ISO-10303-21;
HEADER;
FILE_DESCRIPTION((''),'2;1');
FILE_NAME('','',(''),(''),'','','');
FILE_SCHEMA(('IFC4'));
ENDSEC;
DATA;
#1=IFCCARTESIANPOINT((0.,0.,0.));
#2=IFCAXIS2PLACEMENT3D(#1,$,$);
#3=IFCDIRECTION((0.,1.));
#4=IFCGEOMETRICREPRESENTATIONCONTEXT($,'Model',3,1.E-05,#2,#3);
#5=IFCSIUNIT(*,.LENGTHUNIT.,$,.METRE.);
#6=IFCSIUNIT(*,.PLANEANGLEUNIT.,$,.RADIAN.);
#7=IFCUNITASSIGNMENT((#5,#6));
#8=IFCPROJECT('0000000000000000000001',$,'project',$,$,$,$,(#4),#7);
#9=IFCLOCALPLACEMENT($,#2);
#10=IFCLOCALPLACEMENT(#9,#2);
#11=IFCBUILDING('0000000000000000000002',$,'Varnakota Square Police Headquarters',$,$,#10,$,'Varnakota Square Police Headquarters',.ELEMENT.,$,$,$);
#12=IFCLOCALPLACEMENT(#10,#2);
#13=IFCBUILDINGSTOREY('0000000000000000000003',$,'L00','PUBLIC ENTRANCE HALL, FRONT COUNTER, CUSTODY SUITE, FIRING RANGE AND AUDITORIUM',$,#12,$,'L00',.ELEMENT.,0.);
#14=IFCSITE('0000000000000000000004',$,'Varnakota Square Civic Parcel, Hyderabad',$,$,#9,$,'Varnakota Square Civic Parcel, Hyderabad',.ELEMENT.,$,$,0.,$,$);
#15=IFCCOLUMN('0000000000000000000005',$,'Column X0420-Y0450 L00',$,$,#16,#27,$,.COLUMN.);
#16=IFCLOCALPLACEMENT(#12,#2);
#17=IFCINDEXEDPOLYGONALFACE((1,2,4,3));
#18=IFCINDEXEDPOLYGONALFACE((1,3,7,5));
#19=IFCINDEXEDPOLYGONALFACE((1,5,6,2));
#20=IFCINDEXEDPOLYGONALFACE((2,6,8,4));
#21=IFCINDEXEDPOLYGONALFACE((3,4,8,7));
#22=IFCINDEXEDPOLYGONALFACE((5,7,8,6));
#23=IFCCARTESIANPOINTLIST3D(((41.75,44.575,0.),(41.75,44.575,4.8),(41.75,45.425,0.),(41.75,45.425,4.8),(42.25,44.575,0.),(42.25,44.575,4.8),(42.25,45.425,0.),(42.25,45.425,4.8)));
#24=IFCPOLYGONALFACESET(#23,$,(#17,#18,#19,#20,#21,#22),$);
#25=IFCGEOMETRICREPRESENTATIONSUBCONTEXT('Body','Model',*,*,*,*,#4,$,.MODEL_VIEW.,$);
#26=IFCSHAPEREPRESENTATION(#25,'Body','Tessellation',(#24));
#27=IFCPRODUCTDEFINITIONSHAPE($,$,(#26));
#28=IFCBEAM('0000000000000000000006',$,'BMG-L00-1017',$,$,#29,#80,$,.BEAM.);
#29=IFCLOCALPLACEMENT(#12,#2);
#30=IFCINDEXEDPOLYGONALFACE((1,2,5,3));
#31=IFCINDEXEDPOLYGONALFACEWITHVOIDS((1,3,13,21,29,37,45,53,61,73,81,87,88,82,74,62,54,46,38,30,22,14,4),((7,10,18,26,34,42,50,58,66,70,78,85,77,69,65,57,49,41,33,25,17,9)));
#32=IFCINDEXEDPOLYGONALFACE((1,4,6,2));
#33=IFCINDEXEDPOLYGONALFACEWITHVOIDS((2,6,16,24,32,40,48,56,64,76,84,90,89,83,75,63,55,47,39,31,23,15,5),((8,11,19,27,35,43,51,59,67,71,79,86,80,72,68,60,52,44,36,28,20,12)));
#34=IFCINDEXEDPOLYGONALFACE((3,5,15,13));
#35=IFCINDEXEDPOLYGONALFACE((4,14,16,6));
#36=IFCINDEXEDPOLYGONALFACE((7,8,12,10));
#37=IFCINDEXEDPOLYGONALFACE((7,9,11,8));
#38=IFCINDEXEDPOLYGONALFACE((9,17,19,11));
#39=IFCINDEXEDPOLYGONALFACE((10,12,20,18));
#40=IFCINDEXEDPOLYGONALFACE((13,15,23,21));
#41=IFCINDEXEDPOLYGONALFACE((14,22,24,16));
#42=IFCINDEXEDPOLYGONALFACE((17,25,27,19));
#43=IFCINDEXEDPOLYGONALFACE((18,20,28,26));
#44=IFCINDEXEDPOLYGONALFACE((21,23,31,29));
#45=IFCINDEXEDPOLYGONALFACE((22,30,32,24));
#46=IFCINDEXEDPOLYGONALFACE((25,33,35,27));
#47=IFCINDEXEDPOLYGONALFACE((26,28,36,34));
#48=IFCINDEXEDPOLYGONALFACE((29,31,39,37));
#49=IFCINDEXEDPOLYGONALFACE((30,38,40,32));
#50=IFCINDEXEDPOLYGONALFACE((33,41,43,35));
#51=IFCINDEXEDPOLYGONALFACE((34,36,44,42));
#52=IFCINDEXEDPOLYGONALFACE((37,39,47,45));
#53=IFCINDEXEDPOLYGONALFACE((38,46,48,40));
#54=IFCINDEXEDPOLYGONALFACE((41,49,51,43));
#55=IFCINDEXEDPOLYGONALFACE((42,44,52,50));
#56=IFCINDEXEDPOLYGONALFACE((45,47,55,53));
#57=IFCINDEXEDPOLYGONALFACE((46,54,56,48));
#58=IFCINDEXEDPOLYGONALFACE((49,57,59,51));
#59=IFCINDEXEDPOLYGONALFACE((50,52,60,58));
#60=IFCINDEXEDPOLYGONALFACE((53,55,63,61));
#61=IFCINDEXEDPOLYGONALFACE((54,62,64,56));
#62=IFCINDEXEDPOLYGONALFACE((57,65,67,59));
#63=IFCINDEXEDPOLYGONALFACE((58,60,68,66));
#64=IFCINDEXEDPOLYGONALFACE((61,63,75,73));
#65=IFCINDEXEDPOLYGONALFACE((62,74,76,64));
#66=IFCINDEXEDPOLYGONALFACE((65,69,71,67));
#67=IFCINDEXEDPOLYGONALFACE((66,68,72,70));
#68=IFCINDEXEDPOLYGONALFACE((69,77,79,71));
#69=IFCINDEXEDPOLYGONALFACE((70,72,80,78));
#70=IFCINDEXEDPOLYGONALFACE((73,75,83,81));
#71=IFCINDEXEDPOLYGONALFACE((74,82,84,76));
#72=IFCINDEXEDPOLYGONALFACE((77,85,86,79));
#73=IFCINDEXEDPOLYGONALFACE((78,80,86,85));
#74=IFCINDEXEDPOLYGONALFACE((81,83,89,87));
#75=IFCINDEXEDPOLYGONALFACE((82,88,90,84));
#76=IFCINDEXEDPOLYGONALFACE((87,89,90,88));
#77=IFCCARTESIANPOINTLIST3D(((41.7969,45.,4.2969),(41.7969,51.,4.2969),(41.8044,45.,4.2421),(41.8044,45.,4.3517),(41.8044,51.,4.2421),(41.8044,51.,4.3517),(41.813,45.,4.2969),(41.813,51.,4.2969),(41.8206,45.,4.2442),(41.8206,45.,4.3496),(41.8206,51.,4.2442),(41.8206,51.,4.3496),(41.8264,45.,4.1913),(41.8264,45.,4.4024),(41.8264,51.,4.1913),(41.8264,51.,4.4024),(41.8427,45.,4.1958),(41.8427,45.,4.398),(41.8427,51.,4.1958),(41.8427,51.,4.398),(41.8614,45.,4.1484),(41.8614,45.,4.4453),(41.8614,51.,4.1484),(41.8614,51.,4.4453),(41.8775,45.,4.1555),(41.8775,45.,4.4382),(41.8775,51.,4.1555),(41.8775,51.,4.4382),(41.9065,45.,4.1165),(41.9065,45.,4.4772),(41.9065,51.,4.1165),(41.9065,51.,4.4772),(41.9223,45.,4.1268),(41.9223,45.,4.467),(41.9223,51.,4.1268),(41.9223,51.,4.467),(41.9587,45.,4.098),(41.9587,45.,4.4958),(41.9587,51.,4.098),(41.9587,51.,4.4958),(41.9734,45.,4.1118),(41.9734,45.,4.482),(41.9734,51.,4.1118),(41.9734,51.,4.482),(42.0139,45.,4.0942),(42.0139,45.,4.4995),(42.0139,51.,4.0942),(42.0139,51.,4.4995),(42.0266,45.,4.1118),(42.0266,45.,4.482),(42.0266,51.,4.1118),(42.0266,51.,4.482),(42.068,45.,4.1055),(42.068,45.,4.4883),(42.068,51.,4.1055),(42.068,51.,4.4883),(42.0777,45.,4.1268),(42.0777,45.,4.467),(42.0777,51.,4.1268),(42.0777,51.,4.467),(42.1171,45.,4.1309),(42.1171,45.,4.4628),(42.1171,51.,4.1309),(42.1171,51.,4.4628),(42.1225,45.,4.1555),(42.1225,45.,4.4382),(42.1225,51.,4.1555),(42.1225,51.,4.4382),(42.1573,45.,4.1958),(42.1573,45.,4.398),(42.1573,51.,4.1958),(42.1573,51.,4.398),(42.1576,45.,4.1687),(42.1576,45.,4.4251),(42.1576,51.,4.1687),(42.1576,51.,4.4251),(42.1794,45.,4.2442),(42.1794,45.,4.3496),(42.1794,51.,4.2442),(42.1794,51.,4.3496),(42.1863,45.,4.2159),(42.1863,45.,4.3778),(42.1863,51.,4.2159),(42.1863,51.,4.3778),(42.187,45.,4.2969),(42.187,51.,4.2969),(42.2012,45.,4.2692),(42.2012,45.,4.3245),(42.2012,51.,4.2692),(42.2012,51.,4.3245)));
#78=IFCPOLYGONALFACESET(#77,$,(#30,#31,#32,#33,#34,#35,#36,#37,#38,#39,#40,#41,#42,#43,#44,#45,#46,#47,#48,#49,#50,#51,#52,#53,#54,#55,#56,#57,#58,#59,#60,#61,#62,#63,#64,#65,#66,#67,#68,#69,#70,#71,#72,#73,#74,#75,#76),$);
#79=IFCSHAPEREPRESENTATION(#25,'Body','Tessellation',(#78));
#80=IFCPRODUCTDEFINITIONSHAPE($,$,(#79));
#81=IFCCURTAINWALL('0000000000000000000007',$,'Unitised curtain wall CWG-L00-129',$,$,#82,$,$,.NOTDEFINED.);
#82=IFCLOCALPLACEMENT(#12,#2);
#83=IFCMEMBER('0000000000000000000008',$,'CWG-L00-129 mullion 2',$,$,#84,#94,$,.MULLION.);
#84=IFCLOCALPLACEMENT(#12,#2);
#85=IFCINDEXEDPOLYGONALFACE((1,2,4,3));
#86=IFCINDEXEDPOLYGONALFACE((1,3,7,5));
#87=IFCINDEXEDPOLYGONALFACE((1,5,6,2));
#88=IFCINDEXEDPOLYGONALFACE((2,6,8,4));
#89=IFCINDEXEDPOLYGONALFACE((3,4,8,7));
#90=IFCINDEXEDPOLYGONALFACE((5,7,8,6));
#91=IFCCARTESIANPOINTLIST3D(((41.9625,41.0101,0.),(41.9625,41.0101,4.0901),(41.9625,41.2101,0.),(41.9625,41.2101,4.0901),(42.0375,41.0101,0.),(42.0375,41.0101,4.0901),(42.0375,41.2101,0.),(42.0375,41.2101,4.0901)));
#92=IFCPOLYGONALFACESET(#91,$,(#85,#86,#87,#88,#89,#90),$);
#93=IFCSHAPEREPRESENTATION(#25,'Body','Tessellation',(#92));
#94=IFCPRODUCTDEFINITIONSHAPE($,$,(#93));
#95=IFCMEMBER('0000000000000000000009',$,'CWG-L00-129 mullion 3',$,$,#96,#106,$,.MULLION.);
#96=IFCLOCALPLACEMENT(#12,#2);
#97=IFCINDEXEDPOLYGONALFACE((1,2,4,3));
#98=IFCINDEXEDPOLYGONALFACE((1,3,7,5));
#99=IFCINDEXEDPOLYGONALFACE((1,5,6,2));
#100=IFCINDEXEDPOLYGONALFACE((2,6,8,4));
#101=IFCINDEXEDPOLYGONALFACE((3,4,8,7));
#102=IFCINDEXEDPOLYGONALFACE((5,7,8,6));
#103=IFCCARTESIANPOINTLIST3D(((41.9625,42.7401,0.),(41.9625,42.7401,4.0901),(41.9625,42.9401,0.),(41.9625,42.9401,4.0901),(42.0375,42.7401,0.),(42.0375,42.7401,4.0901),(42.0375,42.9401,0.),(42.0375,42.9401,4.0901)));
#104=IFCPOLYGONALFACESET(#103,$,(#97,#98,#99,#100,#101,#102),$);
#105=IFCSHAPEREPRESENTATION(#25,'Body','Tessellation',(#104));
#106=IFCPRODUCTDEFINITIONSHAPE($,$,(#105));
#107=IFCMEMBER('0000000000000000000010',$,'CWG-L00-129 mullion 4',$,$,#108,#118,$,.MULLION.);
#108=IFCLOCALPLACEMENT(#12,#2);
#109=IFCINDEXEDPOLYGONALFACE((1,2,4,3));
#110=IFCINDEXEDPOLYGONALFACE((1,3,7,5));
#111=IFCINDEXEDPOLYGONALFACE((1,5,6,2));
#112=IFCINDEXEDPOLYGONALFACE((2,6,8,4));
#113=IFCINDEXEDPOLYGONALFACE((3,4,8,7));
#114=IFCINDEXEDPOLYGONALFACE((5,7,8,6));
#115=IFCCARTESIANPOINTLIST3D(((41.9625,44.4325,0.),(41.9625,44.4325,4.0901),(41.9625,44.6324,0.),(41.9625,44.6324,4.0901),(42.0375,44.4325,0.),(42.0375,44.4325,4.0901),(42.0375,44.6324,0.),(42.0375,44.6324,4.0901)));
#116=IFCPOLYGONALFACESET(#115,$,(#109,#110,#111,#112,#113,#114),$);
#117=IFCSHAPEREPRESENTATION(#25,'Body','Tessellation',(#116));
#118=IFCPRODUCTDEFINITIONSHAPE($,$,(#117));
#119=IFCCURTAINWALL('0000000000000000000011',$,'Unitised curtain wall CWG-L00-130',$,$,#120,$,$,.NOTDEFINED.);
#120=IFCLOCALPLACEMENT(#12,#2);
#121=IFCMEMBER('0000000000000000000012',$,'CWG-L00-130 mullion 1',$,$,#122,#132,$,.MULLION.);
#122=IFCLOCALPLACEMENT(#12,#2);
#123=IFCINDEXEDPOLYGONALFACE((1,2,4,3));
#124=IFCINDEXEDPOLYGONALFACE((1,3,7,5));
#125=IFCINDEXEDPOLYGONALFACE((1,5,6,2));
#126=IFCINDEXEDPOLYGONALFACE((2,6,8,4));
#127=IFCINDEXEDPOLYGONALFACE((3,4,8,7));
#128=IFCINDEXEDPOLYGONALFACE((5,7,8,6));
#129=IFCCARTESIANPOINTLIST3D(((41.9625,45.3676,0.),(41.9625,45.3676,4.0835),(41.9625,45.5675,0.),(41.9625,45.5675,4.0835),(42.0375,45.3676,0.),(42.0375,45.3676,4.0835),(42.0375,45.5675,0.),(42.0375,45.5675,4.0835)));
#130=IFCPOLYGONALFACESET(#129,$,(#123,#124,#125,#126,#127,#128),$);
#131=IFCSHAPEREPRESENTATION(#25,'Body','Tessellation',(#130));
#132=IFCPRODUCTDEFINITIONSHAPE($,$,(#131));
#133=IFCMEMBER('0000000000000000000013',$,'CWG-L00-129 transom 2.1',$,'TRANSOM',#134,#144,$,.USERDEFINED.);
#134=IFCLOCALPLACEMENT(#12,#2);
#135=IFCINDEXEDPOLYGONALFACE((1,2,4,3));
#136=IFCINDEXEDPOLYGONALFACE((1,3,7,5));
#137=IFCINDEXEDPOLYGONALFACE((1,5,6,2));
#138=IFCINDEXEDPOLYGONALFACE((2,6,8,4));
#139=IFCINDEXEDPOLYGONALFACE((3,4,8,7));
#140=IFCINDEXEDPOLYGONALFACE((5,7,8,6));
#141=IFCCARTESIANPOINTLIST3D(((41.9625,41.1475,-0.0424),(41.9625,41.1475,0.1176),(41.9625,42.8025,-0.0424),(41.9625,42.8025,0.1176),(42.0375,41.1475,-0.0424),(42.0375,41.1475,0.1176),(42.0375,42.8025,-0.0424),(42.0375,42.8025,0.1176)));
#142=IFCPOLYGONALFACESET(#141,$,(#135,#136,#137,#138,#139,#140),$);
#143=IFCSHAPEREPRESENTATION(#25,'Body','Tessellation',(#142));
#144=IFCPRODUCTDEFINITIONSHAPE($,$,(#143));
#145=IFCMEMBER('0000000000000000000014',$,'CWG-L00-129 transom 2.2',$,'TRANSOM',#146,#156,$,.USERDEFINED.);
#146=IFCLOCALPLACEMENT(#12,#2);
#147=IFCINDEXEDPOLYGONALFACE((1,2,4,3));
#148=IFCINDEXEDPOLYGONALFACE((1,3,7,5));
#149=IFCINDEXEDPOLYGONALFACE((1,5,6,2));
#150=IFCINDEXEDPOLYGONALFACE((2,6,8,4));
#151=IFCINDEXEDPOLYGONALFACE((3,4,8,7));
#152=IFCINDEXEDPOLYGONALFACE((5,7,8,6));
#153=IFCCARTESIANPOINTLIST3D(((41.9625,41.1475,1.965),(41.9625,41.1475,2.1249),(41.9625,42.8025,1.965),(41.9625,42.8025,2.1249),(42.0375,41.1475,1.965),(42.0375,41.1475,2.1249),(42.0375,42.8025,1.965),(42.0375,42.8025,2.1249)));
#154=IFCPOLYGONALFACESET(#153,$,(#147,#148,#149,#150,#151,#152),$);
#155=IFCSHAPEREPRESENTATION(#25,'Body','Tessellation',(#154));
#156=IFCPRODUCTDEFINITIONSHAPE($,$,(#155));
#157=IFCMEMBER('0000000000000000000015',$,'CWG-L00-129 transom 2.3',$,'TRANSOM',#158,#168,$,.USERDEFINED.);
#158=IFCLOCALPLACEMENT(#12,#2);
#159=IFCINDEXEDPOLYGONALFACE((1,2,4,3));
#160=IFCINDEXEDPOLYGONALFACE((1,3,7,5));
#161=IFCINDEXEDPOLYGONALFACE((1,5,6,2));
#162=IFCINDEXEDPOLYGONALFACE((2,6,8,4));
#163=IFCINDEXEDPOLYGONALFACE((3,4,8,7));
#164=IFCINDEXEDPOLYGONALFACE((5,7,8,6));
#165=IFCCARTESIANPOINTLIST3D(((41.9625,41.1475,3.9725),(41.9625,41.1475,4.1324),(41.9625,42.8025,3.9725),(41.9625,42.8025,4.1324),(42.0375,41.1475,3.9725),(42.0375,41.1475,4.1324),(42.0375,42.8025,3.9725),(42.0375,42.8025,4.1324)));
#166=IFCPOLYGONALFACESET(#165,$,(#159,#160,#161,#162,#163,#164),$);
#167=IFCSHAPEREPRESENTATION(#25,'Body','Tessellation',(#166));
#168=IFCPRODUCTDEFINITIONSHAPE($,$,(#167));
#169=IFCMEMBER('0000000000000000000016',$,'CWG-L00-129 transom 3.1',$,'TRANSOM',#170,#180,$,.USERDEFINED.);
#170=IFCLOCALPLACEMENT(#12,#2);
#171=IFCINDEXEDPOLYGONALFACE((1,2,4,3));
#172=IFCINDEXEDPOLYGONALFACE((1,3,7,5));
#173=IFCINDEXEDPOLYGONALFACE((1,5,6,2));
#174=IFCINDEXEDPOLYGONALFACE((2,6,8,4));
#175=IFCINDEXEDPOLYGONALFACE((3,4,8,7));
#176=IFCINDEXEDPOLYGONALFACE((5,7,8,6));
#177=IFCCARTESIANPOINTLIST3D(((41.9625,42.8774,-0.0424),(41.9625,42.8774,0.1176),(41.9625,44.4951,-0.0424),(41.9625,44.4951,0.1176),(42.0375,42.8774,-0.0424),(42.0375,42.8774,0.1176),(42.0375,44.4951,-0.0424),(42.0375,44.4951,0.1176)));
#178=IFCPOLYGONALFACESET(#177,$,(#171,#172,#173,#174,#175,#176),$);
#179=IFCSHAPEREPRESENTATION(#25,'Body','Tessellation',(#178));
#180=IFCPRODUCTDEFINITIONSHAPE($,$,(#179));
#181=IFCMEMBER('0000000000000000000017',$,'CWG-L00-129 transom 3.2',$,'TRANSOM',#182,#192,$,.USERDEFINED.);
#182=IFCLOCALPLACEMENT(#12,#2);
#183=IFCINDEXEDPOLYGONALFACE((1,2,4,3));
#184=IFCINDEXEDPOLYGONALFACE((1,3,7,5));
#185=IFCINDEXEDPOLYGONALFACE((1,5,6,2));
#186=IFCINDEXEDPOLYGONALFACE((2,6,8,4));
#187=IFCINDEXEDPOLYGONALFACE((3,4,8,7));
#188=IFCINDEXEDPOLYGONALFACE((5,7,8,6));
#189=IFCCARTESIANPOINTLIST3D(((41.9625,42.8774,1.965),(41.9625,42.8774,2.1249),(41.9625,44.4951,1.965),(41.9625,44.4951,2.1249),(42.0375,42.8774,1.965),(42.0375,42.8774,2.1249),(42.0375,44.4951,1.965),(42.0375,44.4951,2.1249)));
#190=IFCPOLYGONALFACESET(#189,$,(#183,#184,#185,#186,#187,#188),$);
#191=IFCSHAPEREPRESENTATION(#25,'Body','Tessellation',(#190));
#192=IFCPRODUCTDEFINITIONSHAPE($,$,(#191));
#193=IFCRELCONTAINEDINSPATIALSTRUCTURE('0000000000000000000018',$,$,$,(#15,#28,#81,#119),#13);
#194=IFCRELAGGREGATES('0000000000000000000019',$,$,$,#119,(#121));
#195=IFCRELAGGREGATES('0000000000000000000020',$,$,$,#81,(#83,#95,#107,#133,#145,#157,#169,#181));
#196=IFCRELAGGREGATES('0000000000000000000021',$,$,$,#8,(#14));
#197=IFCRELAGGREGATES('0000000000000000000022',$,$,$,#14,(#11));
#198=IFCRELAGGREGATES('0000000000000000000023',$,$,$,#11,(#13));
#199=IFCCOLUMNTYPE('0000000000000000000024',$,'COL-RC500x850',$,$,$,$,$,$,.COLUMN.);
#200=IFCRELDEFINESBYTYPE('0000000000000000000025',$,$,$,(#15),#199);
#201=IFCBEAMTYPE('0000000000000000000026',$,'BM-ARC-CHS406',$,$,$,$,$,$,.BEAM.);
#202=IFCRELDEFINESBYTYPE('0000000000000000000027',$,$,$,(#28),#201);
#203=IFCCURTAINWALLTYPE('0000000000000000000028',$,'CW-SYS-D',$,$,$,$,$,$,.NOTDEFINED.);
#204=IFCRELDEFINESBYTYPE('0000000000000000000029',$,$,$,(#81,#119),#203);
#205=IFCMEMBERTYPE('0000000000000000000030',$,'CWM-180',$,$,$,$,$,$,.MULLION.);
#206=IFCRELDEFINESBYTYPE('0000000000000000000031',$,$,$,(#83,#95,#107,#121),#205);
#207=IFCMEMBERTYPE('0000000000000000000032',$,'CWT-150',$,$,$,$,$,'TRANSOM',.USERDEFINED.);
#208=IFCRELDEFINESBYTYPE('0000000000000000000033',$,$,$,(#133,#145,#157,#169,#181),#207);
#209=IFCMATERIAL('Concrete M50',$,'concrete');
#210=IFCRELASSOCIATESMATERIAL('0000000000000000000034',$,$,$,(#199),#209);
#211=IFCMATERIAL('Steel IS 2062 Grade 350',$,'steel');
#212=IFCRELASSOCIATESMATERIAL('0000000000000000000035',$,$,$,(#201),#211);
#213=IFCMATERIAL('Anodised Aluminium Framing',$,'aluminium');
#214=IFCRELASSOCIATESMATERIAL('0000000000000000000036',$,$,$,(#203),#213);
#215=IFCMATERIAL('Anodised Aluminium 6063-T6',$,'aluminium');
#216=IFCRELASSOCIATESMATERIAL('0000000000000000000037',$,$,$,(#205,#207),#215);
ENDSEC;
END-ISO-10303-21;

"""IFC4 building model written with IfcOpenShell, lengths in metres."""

from ifc_helpers import new_model, si_unit, direction, frame, origin, origin_2d, place, context, subcontext, project, spatial, rectangle, hollow_circle, extrude, material, material_profile, profile_set, type_object, element, aggregate, save


model = new_model("IFC4")

# Units and contexts
model_context = context("Model", 3, precision=1e-05, world=origin(), true_north=direction((0.0, 1.0)))
body_context = subcontext(model_context, "Body", "Model", "MODEL_VIEW")
ifc_project = project(units=[si_unit("LENGTHUNIT", "METRE"), si_unit("PLANEANGLEUNIT", "RADIAN")], contexts=[model_context])

# Site, building, storey
site_placement = place(None, origin())
site = spatial("IfcSite", under=ifc_project, at=site_placement, Name="Varnakota Square Civic Parcel, Hyderabad", LongName="Varnakota Square Civic Parcel, Hyderabad", CompositionType="ELEMENT", RefElevation=0.0)
building_placement = place(site_placement, origin())
building = spatial("IfcBuilding", under=site, at=building_placement, Name="Varnakota Square Police Headquarters", LongName="Varnakota Square Police Headquarters", CompositionType="ELEMENT")
storey_placement = place(building_placement, origin())
storey = spatial("IfcBuildingStorey", under=building, at=storey_placement, Name="L00", Description="PUBLIC ENTRANCE HALL, FRONT COUNTER, CUSTODY SUITE, FIRING RANGE AND AUDITORIUM", LongName="L00", CompositionType="ELEMENT", Elevation=0.0)

# Column
ifc_material_1 = material(Name="Concrete M50", Category="concrete")
ifc_material_profile_1 = material_profile(ifc_material_1, rectangle(XDim=0.5, YDim=0.8501, at=origin_2d()), Name="RC 500x850")
ifc_profile_set_1 = profile_set([ifc_material_profile_1], Name="Concrete M50")
column_type = type_object("IfcColumnType", Name="COL-RC500x850", PredefinedType="COLUMN", material=ifc_profile_set_1)
column_placement = place(storey_placement, frame((42.0, 45.0, 0.0), z_axis=(0.0, 0.0, 1.0), x_axis=(1.0, 0.0, 0.0)))
element("IfcColumn", 1, at=column_placement, inside=storey, type_object=column_type, Name="Column X0420-Y0450 L00", PredefinedType="COLUMN", context=body_context, shape_type="SweptSolid", body=[
    extrude(rectangle(XDim=0.5, YDim=0.8501, at=origin_2d()), origin(), (0.0, 0.0, 1.0), 4.8),
])

# Beam
ifc_material_2 = material(Name="Steel IS 2062 Grade 350", Category="steel")
ifc_material_profile_2 = material_profile(ifc_material_2, hollow_circle(Radius=0.2031, WallThickness=0.0161, at=origin_2d()), Name="CHS 406.4x16.0")
ifc_profile_set_2 = profile_set([ifc_material_profile_2], Name="Steel IS 2062 Grade 350")
beam_type = type_object("IfcBeamType", Name="BM-ARC-CHS406", PredefinedType="BEAM", material=ifc_profile_set_2)
beam_placement = place(storey_placement, frame((42.0, 45.0, 4.2969), z_axis=(0.0, 1.0, 0.0), x_axis=(-1.0, 0.0, 0.0)))
element("IfcBeam", 2, at=beam_placement, inside=storey, type_object=beam_type, Name="BMG-L00-1017", PredefinedType="BEAM", context=body_context, shape_type="SweptSolid", body=[
    extrude(hollow_circle(Radius=0.2031, WallThickness=0.0161, at=origin_2d()), origin(), (0.0, 0.0, 1.0), 6.0),
])

# Curtain wall, members
ifc_material_3 = material(Name="Anodised Aluminium Framing", Category="aluminium")
curtain_wall_type = type_object("IfcCurtainWallType", Name="CW-SYS-D", PredefinedType="NOTDEFINED", material=ifc_material_3)
curtain_wall_1_placement = place(storey_placement, origin())
curtain_wall_1 = element("IfcCurtainWall", 3, at=curtain_wall_1_placement, inside=storey, type_object=curtain_wall_type, Name="Unitised curtain wall CWG-L00-129", PredefinedType="NOTDEFINED")
ifc_material_4 = material(Name="Anodised Aluminium 6063-T6", Category="aluminium")
ifc_material_profile_3 = material_profile(ifc_material_4, rectangle(XDim=0.075, YDim=0.2, at=origin_2d()), Name="ALU MULLION 75x200")
ifc_profile_set_3 = profile_set([ifc_material_profile_3], Name="Anodised Aluminium 6063-T6")
member_type_1 = type_object("IfcMemberType", Name="CWM-180", PredefinedType="MULLION", material=ifc_profile_set_3)
member_1_placement = place(storey_placement, frame((42.0, 41.1101, 0.0), z_axis=(0.0, 0.0, 1.0), x_axis=(-1.0, 0.0, 0.0)))
member_1 = element("IfcMember", 4, at=member_1_placement, type_object=member_type_1, Name="CWG-L00-129 mullion 2", PredefinedType="MULLION", context=body_context, shape_type="SweptSolid", body=[
    extrude(rectangle(XDim=0.075, YDim=0.2, at=origin_2d()), origin(), (0.0, 0.0, 1.0), 4.0901),
])
member_2_placement = place(storey_placement, frame((42.0, 42.8401, 0.0), z_axis=(0.0, 0.0, 1.0), x_axis=(-1.0, 0.0, 0.0)))
member_2 = element("IfcMember", 5, at=member_2_placement, type_object=member_type_1, Name="CWG-L00-129 mullion 3", PredefinedType="MULLION", context=body_context, shape_type="SweptSolid", body=[
    extrude(rectangle(XDim=0.075, YDim=0.2, at=origin_2d()), origin(), (0.0, 0.0, 1.0), 4.0901),
])
member_3_placement = place(storey_placement, frame((42.0, 44.5325, 0.0), z_axis=(0.0, 0.0, 1.0), x_axis=(-1.0, 0.0, 0.0)))
member_3 = element("IfcMember", 6, at=member_3_placement, type_object=member_type_1, Name="CWG-L00-129 mullion 4", PredefinedType="MULLION", context=body_context, shape_type="SweptSolid", body=[
    extrude(rectangle(XDim=0.075, YDim=0.2, at=origin_2d()), origin(), (0.0, 0.0, 1.0), 4.0901),
])

# Curtain wall, member
curtain_wall_2_placement = place(storey_placement, origin())
curtain_wall_2 = element("IfcCurtainWall", 7, at=curtain_wall_2_placement, inside=storey, type_object=curtain_wall_type, Name="Unitised curtain wall CWG-L00-130", PredefinedType="NOTDEFINED")
member_4_placement = place(storey_placement, frame((42.0, 45.4675, 0.0), z_axis=(0.0, 0.0, 1.0), x_axis=(-1.0, 0.0, 0.0)))
member_4 = element("IfcMember", 8, at=member_4_placement, type_object=member_type_1, Name="CWG-L00-130 mullion 1", PredefinedType="MULLION", context=body_context, shape_type="SweptSolid", body=[
    extrude(rectangle(XDim=0.075, YDim=0.2, at=origin_2d()), origin(), (0.0, 0.0, 1.0), 4.0835),
])

# Members
ifc_material_profile_4 = material_profile(ifc_material_4, rectangle(XDim=0.075, YDim=0.1599, at=origin_2d()), Name="ALU TRANSOM 75x160")
ifc_profile_set_4 = profile_set([ifc_material_profile_4], Name="Anodised Aluminium 6063-T6")
member_type_2 = type_object("IfcMemberType", Name="CWT-150", ElementType="TRANSOM", PredefinedType="USERDEFINED", material=ifc_profile_set_4)
member_5_placement = place(storey_placement, frame((42.0, 41.1475, 0.0376), z_axis=(0.0, 1.0, 0.0), x_axis=(-1.0, 0.0, 0.0)))
member_5 = element("IfcMember", 9, at=member_5_placement, type_object=member_type_2, Name="CWG-L00-129 transom 2.1", ObjectType="TRANSOM", PredefinedType="USERDEFINED", context=body_context, shape_type="SweptSolid", body=[
    extrude(rectangle(XDim=0.075, YDim=0.1599, at=origin_2d()), origin(), (0.0, 0.0, 1.0), 1.655),
])
member_6_placement = place(storey_placement, frame((42.0, 41.1475, 2.0449), z_axis=(0.0, 1.0, 0.0), x_axis=(-1.0, 0.0, 0.0)))
member_6 = element("IfcMember", 10, at=member_6_placement, type_object=member_type_2, Name="CWG-L00-129 transom 2.2", ObjectType="TRANSOM", PredefinedType="USERDEFINED", context=body_context, shape_type="SweptSolid", body=[
    extrude(rectangle(XDim=0.075, YDim=0.1599, at=origin_2d()), origin(), (0.0, 0.0, 1.0), 1.655),
])
member_7_placement = place(storey_placement, frame((42.0, 41.1475, 4.0525), z_axis=(0.0, 1.0, 0.0), x_axis=(-1.0, 0.0, 0.0)))
member_7 = element("IfcMember", 11, at=member_7_placement, type_object=member_type_2, Name="CWG-L00-129 transom 2.3", ObjectType="TRANSOM", PredefinedType="USERDEFINED", context=body_context, shape_type="SweptSolid", body=[
    extrude(rectangle(XDim=0.075, YDim=0.1599, at=origin_2d()), origin(), (0.0, 0.0, 1.0), 1.655),
])
member_8_placement = place(storey_placement, frame((42.0, 42.8774, 0.0376), z_axis=(0.0, 1.0, 0.0), x_axis=(-1.0, 0.0, 0.0)))
member_8 = element("IfcMember", 12, at=member_8_placement, type_object=member_type_2, Name="CWG-L00-129 transom 3.1", ObjectType="TRANSOM", PredefinedType="USERDEFINED", context=body_context, shape_type="SweptSolid", body=[
    extrude(rectangle(XDim=0.075, YDim=0.1599, at=origin_2d()), origin(), (0.0, 0.0, 1.0), 1.6177),
])
member_9_placement = place(storey_placement, frame((42.0, 42.8774, 2.0449), z_axis=(0.0, 1.0, 0.0), x_axis=(-1.0, 0.0, 0.0)))
member_9 = element("IfcMember", 13, at=member_9_placement, type_object=member_type_2, Name="CWG-L00-129 transom 3.2", ObjectType="TRANSOM", PredefinedType="USERDEFINED", context=body_context, shape_type="SweptSolid", body=[
    extrude(rectangle(XDim=0.075, YDim=0.1599, at=origin_2d()), origin(), (0.0, 0.0, 1.0), 1.6177),
])

aggregate(curtain_wall_2, [member_4])
aggregate(curtain_wall_1, [member_1, member_2, member_3, member_5, member_6, member_7, member_8, member_9])

save(model, "model.ifc")
